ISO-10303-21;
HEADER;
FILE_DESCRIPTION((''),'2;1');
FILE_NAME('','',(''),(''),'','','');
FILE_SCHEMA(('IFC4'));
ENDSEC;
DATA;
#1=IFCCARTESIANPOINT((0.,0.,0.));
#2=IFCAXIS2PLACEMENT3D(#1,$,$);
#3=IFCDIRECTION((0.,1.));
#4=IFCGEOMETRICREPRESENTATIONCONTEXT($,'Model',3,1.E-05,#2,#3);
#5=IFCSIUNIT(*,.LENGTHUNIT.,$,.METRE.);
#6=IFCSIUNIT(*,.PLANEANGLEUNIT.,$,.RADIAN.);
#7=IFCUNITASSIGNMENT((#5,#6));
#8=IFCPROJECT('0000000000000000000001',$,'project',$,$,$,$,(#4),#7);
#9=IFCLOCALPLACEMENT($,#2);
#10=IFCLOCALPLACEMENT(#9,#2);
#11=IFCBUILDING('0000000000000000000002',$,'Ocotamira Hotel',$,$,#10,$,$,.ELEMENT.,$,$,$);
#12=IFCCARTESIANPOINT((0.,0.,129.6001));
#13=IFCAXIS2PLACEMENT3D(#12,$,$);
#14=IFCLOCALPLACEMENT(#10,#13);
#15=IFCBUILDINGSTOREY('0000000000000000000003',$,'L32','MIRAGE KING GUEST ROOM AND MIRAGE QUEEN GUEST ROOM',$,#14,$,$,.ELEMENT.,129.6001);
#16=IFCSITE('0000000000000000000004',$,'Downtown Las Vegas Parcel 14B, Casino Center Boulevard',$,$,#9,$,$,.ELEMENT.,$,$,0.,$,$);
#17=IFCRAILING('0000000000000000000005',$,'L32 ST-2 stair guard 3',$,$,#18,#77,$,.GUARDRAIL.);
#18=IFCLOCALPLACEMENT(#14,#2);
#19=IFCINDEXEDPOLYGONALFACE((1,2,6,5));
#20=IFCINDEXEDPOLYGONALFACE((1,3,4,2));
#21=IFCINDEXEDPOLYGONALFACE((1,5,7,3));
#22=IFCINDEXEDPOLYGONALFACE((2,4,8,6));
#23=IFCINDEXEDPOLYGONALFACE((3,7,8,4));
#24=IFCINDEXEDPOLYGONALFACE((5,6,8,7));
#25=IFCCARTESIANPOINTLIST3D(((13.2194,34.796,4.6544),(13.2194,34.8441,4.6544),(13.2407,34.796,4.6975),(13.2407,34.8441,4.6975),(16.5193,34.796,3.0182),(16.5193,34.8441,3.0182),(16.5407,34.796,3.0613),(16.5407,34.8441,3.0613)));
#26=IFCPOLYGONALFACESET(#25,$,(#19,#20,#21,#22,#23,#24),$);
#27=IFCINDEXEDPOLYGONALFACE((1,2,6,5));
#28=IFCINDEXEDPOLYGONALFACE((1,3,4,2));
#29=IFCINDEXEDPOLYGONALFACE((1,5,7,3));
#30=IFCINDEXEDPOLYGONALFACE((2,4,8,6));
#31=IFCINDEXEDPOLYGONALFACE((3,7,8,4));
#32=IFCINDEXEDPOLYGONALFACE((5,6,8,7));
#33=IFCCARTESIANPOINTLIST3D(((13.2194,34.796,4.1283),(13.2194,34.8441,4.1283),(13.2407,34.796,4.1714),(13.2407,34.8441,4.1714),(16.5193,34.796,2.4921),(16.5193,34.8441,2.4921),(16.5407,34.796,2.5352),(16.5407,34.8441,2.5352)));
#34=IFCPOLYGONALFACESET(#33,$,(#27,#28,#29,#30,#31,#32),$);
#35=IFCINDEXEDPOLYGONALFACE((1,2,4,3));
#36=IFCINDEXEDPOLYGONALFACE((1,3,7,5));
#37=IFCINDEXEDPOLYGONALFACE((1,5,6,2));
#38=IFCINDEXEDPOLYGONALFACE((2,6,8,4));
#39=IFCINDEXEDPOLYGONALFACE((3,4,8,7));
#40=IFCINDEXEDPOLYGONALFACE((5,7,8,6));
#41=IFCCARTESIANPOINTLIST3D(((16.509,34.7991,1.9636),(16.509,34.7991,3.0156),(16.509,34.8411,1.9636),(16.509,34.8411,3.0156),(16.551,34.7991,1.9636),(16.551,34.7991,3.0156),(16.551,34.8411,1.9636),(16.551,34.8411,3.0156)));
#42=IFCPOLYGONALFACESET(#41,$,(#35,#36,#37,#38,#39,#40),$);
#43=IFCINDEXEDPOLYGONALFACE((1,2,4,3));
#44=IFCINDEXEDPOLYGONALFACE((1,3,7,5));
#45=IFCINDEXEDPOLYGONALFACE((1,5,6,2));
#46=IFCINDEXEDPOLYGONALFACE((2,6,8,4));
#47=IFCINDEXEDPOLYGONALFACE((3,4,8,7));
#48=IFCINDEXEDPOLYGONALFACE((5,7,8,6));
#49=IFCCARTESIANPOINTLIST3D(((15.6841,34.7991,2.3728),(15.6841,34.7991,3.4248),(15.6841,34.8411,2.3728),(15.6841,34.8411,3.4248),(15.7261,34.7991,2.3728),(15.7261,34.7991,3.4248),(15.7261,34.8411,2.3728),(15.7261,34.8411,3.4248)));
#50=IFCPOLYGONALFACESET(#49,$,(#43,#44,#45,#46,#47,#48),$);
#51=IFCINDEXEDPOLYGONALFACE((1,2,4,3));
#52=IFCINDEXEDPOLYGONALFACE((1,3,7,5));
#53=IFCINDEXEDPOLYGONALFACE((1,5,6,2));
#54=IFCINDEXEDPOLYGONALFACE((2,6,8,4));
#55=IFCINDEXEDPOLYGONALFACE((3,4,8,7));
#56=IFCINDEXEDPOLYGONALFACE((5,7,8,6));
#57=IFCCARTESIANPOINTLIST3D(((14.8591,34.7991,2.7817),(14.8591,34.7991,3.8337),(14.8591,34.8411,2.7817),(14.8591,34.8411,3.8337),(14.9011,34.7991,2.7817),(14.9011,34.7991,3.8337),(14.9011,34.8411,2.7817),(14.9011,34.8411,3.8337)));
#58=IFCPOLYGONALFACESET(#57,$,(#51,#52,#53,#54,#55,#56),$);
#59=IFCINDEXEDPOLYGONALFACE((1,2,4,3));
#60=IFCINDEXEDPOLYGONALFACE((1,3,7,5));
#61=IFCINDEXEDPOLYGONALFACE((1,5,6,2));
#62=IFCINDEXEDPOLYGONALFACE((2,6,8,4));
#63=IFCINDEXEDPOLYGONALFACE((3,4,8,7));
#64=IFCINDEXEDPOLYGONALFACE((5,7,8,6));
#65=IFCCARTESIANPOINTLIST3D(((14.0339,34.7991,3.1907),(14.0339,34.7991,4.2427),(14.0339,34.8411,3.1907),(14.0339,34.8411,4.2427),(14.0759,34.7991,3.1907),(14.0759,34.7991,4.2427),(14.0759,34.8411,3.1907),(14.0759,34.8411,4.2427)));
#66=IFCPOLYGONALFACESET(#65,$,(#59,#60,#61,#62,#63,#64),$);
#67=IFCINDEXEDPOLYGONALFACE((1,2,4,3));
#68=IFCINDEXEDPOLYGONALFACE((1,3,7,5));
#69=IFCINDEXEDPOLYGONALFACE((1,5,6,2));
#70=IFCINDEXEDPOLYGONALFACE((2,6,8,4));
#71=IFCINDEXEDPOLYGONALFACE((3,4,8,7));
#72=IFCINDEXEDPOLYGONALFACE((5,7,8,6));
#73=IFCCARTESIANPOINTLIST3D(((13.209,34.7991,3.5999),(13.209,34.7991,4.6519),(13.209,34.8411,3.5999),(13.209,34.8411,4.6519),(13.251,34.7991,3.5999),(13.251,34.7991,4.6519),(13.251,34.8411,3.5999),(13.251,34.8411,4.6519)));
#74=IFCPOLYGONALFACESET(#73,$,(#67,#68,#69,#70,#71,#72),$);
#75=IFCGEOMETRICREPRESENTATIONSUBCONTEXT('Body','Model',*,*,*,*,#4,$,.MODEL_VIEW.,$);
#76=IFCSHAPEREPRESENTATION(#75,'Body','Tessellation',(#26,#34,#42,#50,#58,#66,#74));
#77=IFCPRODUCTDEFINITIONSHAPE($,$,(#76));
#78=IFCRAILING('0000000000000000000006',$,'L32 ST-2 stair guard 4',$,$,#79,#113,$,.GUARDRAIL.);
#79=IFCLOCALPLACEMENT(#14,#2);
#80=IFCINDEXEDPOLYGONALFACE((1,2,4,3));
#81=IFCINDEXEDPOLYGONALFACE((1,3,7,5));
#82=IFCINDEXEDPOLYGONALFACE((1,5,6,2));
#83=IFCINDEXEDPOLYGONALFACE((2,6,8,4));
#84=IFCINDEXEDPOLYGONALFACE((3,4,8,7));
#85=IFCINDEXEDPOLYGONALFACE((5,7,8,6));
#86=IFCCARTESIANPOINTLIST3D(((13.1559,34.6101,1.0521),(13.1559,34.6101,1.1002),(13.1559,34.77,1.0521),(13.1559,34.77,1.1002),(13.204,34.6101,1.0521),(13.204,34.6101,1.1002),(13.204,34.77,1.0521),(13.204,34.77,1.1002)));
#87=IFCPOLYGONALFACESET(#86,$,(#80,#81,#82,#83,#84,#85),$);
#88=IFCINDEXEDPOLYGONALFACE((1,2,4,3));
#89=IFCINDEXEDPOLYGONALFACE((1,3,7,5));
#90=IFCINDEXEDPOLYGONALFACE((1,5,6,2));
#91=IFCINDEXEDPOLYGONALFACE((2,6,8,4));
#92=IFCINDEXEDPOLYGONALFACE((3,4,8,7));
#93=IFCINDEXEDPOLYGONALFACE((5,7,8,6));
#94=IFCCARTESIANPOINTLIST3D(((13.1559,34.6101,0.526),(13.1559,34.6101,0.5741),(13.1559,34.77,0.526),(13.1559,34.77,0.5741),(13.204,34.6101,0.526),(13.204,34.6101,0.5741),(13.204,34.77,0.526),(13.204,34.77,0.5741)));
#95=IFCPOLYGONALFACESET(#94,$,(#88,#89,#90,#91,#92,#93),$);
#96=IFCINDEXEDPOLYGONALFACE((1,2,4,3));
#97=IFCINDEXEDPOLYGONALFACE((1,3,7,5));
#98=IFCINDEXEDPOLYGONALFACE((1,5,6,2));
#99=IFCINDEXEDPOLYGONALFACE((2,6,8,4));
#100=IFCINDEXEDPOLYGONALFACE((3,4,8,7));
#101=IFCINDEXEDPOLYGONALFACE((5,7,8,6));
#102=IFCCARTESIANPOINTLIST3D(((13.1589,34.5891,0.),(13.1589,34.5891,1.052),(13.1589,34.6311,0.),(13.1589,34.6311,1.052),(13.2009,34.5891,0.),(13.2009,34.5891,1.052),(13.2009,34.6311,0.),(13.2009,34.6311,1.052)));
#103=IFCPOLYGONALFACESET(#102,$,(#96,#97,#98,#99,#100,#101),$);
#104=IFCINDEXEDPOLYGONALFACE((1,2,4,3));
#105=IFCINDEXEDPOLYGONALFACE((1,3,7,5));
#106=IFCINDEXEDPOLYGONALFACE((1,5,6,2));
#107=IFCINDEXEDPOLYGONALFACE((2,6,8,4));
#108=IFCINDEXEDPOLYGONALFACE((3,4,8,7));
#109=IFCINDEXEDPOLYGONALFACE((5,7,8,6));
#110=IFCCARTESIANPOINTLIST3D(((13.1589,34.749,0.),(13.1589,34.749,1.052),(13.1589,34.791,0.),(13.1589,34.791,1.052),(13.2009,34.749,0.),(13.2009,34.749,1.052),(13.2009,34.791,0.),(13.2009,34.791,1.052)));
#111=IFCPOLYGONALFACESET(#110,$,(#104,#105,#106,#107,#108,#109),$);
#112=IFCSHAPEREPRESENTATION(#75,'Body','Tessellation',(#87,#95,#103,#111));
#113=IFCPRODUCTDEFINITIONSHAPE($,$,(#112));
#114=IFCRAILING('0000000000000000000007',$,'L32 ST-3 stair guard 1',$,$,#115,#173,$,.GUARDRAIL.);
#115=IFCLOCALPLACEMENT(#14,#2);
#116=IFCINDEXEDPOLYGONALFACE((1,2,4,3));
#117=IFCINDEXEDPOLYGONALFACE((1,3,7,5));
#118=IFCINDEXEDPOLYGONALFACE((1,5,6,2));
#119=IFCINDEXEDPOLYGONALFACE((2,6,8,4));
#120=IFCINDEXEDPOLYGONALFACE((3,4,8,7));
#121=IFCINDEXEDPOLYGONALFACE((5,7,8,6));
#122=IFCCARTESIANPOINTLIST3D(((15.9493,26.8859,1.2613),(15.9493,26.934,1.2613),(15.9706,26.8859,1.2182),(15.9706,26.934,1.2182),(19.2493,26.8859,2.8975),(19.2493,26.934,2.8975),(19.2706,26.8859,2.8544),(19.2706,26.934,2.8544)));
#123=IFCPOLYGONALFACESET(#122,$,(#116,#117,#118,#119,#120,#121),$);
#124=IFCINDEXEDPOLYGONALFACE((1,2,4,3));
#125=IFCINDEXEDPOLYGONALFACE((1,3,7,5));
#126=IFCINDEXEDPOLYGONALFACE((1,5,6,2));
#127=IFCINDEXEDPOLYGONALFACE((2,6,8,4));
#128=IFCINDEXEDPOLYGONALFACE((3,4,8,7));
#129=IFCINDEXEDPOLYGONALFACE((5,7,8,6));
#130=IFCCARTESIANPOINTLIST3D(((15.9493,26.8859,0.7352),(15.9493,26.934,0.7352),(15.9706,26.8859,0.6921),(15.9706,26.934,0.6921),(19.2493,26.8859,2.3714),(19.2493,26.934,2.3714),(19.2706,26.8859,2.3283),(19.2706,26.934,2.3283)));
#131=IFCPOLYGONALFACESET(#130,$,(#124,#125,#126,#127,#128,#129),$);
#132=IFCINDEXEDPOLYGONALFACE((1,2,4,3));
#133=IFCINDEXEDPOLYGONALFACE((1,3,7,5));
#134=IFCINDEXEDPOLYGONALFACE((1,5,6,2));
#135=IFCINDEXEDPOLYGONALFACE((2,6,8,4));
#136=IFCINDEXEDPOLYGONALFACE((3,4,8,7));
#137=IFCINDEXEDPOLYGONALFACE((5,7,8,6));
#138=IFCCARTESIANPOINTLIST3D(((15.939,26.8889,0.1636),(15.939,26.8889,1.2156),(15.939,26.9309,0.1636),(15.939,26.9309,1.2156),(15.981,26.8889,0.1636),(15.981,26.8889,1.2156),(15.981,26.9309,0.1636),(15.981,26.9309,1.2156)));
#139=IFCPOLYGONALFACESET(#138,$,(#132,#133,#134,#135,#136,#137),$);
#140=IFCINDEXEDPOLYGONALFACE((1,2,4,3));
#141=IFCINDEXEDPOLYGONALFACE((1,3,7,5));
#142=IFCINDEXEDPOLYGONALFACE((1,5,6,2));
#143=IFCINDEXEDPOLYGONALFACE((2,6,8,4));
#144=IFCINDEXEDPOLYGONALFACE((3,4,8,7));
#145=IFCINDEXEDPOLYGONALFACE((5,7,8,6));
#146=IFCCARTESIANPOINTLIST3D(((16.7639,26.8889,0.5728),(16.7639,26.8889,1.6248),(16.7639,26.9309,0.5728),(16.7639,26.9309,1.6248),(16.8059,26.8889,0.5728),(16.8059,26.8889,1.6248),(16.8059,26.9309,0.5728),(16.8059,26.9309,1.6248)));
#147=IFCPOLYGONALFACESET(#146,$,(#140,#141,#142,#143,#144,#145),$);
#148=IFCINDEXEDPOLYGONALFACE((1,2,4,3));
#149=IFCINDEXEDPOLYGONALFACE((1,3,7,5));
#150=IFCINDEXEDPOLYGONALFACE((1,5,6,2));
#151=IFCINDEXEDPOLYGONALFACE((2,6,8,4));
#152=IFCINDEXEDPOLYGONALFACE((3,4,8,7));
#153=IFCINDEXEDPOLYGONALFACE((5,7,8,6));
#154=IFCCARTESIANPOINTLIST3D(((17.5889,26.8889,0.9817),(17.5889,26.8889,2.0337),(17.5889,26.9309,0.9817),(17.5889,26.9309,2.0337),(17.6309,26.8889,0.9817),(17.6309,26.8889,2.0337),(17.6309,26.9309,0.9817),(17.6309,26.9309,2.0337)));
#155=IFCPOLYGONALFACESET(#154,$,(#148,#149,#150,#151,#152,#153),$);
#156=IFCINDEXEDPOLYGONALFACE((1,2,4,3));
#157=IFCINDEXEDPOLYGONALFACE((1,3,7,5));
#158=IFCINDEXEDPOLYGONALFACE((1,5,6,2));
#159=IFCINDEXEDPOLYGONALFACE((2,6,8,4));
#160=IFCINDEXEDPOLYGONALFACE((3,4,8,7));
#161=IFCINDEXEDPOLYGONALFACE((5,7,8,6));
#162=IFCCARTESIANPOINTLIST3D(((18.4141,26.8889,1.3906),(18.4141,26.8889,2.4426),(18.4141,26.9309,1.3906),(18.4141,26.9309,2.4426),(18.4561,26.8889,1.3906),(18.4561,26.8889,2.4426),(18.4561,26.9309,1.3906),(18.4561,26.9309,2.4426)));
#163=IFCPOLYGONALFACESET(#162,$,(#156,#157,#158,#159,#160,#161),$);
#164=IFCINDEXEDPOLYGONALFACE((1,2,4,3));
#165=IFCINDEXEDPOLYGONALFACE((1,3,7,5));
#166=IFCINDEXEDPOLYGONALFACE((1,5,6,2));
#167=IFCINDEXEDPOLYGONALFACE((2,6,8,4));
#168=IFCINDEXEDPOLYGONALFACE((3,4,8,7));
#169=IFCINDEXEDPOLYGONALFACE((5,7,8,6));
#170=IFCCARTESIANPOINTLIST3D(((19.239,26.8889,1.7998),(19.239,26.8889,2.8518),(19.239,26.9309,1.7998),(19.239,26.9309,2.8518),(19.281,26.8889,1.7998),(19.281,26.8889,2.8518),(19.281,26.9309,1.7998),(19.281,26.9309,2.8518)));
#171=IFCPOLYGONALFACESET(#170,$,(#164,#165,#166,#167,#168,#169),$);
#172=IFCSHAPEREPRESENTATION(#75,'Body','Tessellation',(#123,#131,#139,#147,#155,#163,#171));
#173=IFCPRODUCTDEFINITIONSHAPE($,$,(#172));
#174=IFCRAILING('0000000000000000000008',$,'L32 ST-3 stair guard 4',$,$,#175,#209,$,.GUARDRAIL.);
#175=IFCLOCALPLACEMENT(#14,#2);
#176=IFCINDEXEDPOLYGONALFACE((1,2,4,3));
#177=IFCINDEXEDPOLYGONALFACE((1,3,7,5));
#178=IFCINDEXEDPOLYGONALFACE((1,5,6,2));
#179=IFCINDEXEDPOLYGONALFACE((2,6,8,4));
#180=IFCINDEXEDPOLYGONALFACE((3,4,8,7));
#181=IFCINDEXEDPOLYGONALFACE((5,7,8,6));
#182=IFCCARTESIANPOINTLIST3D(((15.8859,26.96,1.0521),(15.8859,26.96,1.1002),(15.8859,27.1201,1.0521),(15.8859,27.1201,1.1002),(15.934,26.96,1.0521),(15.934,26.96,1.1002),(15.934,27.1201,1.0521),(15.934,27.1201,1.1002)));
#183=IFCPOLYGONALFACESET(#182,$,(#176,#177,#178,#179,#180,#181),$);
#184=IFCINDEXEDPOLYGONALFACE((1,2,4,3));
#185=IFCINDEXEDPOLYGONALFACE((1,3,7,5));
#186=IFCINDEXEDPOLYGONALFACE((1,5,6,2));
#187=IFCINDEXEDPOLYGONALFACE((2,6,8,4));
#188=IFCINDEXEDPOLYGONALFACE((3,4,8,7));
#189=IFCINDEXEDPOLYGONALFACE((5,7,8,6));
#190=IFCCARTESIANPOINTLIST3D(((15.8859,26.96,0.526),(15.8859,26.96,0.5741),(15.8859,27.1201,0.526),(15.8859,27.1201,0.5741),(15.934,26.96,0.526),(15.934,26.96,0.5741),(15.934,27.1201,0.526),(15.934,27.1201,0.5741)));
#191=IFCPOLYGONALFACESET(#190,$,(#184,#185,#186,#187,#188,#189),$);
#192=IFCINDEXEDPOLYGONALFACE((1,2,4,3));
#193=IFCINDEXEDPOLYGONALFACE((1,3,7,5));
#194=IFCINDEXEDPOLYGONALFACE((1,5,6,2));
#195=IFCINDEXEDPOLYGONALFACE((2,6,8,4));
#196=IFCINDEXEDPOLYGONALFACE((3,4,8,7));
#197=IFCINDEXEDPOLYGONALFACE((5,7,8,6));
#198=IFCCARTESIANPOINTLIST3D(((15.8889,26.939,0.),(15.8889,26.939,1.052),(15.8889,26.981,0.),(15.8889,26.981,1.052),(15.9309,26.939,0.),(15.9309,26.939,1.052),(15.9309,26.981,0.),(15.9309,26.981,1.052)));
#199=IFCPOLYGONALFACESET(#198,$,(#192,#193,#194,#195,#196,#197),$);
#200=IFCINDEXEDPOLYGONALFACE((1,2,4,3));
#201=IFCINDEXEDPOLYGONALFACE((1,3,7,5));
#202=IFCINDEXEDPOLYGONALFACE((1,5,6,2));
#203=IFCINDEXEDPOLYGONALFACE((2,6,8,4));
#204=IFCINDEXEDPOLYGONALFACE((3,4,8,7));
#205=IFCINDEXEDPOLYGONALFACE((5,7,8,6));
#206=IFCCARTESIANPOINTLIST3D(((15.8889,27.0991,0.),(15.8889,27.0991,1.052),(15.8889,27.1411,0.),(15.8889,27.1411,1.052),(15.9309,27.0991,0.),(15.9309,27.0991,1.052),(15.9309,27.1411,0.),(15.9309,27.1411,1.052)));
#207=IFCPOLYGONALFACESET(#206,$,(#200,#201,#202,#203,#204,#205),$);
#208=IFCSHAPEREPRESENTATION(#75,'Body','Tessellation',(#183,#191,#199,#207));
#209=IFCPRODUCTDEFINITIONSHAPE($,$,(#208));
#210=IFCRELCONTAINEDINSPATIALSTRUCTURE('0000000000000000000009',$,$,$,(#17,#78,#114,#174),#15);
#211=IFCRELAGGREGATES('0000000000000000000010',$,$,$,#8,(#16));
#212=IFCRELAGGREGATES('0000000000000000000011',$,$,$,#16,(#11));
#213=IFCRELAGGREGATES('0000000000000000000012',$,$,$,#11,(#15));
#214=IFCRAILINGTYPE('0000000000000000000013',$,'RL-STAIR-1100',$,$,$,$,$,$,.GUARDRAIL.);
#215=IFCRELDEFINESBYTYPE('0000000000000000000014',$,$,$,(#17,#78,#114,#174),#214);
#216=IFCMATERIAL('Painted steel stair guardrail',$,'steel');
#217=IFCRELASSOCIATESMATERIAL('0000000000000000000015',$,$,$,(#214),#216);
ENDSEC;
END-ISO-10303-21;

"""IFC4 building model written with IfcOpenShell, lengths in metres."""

from ifc_helpers import new_model, si_unit, direction, frame, origin, origin_2d, place, context, subcontext, project, spatial, rectangle, extrude, material, type_object, element, save


model = new_model("IFC4")

# Units and contexts
model_context = context("Model", 3, precision=1e-05, world=origin(), true_north=direction((0.0, 1.0)))
body_context = subcontext(model_context, "Body", "Model", "MODEL_VIEW")
ifc_project = project(units=[si_unit("LENGTHUNIT", "METRE"), si_unit("PLANEANGLEUNIT", "RADIAN")], contexts=[model_context])

# Site, building, storey
site_placement = place(None, origin())
site = spatial("IfcSite", under=ifc_project, at=site_placement, Name="Downtown Las Vegas Parcel 14B, Casino Center Boulevard", CompositionType="ELEMENT", RefElevation=0.0)
building_placement = place(site_placement, origin())
building = spatial("IfcBuilding", under=site, at=building_placement, Name="Ocotamira Hotel", CompositionType="ELEMENT")
storey_placement = place(building_placement, frame((0.0, 0.0, 129.6001)))
storey = spatial("IfcBuildingStorey", under=building, at=storey_placement, Name="L32", Description="MIRAGE KING GUEST ROOM AND MIRAGE QUEEN GUEST ROOM", CompositionType="ELEMENT", Elevation=129.6001)

# Railings
ifc_material_1 = material(Name="Painted steel stair guardrail", Category="steel")
railing_type_1 = type_object("IfcRailingType", Name="RL-STAIR-1100", PredefinedType="GUARDRAIL", material=ifc_material_1)
railing_1_placement = place(storey_placement, frame((16.53, 34.8201, 1.9636)))
element("IfcRailing", 1, at=railing_1_placement, inside=storey, type_object=railing_type_1, Name="L32 ST-2 stair guard 3", PredefinedType="GUARDRAIL", context=body_context, shape_type="SweptSolid", body=[
    extrude(rectangle(XDim=0.0481, YDim=0.0481, at=origin_2d()), frame((0.0, 0.0, 1.0762), z_axis=(-0.89592, 0.0, 0.444215), x_axis=(0.0, -1.0, 0.0)), (0.0, 0.0, 1.0), 3.6833),
    extrude(rectangle(XDim=0.0481, YDim=0.0481, at=origin_2d()), frame((0.0, 0.0, 0.55), z_axis=(-0.89592, 0.0, 0.444215), x_axis=(0.0, -1.0, 0.0)), (0.0, 0.0, 1.0), 3.6833),
    extrude(rectangle(XDim=0.042, YDim=0.042, at=origin_2d()), origin(), (0.0, 0.0, 1.0), 1.052),
    extrude(rectangle(XDim=0.042, YDim=0.042, at=origin_2d()), frame((-0.825, 0.0, 0.4092)), (0.0, 0.0, 1.0), 1.052),
    extrude(rectangle(XDim=0.042, YDim=0.042, at=origin_2d()), frame((-1.6499, 0.0, 0.8181)), (0.0, 0.0, 1.0), 1.052),
    extrude(rectangle(XDim=0.042, YDim=0.042, at=origin_2d()), frame((-2.4751, 0.0, 1.2271)), (0.0, 0.0, 1.0), 1.052),
    extrude(rectangle(XDim=0.042, YDim=0.042, at=origin_2d()), frame((-3.3, 0.0, 1.6362)), (0.0, 0.0, 1.0), 1.052),
])
railing_2_placement = place(storey_placement, frame((13.1799, 34.6101, 0.0)))
element("IfcRailing", 2, at=railing_2_placement, inside=storey, type_object=railing_type_1, Name="L32 ST-2 stair guard 4", PredefinedType="GUARDRAIL", context=body_context, shape_type="SweptSolid", body=[
    extrude(rectangle(XDim=0.0481, YDim=0.0481, at=origin_2d()), frame((0.0, 0.0, 1.0762), z_axis=(0.0, 1.0, 0.0), x_axis=(-1.0, 0.0, 0.0)), (0.0, 0.0, 1.0), 0.1599),
    extrude(rectangle(XDim=0.0481, YDim=0.0481, at=origin_2d()), frame((0.0, 0.0, 0.55), z_axis=(0.0, 1.0, 0.0), x_axis=(-1.0, 0.0, 0.0)), (0.0, 0.0, 1.0), 0.1599),
    extrude(rectangle(XDim=0.042, YDim=0.042, at=origin_2d()), origin(), (0.0, 0.0, 1.0), 1.052),
    extrude(rectangle(XDim=0.042, YDim=0.042, at=origin_2d()), frame((0.0, 0.1599, 0.0)), (0.0, 0.0, 1.0), 1.052),
])
railing_3_placement = place(storey_placement, frame((15.96, 26.9099, 0.1636)))
element("IfcRailing", 3, at=railing_3_placement, inside=storey, type_object=railing_type_1, Name="L32 ST-3 stair guard 1", PredefinedType="GUARDRAIL", context=body_context, shape_type="SweptSolid", body=[
    extrude(rectangle(XDim=0.0481, YDim=0.0481, at=origin_2d()), frame((0.0, 0.0, 1.0762), z_axis=(0.89592, 0.0, 0.444215), x_axis=(0.0, 1.0, 0.0)), (0.0, 0.0, 1.0), 3.6833),
    extrude(rectangle(XDim=0.0481, YDim=0.0481, at=origin_2d()), frame((0.0, 0.0, 0.55), z_axis=(0.89592, 0.0, 0.444215), x_axis=(0.0, 1.0, 0.0)), (0.0, 0.0, 1.0), 3.6833),
    extrude(rectangle(XDim=0.042, YDim=0.042, at=origin_2d()), origin(), (0.0, 0.0, 1.0), 1.052),
    extrude(rectangle(XDim=0.042, YDim=0.042, at=origin_2d()), frame((0.825, 0.0, 0.4092)), (0.0, 0.0, 1.0), 1.052),
    extrude(rectangle(XDim=0.042, YDim=0.042, at=origin_2d()), frame((1.6499, 0.0, 0.8181)), (0.0, 0.0, 1.0), 1.052),
    extrude(rectangle(XDim=0.042, YDim=0.042, at=origin_2d()), frame((2.4751, 0.0, 1.2271)), (0.0, 0.0, 1.0), 1.052),
    extrude(rectangle(XDim=0.042, YDim=0.042, at=origin_2d()), frame((3.3, 0.0, 1.6362)), (0.0, 0.0, 1.0), 1.052),
])
railing_4_placement = place(storey_placement, frame((15.9099, 26.96, 0.0)))
element("IfcRailing", 4, at=railing_4_placement, inside=storey, type_object=railing_type_1, Name="L32 ST-3 stair guard 4", PredefinedType="GUARDRAIL", context=body_context, shape_type="SweptSolid", body=[
    extrude(rectangle(XDim=0.0481, YDim=0.0481, at=origin_2d()), frame((0.0, 0.0, 1.0762), z_axis=(0.0, 1.0, 0.0), x_axis=(-1.0, 0.0, 0.0)), (0.0, 0.0, 1.0), 0.1602),
    extrude(rectangle(XDim=0.0481, YDim=0.0481, at=origin_2d()), frame((0.0, 0.0, 0.55), z_axis=(0.0, 1.0, 0.0), x_axis=(-1.0, 0.0, 0.0)), (0.0, 0.0, 1.0), 0.1602),
    extrude(rectangle(XDim=0.042, YDim=0.042, at=origin_2d()), origin(), (0.0, 0.0, 1.0), 1.052),
    extrude(rectangle(XDim=0.042, YDim=0.042, at=origin_2d()), frame((0.0, 0.1602, 0.0)), (0.0, 0.0, 1.0), 1.052),
])

save(model, "model.ifc")
